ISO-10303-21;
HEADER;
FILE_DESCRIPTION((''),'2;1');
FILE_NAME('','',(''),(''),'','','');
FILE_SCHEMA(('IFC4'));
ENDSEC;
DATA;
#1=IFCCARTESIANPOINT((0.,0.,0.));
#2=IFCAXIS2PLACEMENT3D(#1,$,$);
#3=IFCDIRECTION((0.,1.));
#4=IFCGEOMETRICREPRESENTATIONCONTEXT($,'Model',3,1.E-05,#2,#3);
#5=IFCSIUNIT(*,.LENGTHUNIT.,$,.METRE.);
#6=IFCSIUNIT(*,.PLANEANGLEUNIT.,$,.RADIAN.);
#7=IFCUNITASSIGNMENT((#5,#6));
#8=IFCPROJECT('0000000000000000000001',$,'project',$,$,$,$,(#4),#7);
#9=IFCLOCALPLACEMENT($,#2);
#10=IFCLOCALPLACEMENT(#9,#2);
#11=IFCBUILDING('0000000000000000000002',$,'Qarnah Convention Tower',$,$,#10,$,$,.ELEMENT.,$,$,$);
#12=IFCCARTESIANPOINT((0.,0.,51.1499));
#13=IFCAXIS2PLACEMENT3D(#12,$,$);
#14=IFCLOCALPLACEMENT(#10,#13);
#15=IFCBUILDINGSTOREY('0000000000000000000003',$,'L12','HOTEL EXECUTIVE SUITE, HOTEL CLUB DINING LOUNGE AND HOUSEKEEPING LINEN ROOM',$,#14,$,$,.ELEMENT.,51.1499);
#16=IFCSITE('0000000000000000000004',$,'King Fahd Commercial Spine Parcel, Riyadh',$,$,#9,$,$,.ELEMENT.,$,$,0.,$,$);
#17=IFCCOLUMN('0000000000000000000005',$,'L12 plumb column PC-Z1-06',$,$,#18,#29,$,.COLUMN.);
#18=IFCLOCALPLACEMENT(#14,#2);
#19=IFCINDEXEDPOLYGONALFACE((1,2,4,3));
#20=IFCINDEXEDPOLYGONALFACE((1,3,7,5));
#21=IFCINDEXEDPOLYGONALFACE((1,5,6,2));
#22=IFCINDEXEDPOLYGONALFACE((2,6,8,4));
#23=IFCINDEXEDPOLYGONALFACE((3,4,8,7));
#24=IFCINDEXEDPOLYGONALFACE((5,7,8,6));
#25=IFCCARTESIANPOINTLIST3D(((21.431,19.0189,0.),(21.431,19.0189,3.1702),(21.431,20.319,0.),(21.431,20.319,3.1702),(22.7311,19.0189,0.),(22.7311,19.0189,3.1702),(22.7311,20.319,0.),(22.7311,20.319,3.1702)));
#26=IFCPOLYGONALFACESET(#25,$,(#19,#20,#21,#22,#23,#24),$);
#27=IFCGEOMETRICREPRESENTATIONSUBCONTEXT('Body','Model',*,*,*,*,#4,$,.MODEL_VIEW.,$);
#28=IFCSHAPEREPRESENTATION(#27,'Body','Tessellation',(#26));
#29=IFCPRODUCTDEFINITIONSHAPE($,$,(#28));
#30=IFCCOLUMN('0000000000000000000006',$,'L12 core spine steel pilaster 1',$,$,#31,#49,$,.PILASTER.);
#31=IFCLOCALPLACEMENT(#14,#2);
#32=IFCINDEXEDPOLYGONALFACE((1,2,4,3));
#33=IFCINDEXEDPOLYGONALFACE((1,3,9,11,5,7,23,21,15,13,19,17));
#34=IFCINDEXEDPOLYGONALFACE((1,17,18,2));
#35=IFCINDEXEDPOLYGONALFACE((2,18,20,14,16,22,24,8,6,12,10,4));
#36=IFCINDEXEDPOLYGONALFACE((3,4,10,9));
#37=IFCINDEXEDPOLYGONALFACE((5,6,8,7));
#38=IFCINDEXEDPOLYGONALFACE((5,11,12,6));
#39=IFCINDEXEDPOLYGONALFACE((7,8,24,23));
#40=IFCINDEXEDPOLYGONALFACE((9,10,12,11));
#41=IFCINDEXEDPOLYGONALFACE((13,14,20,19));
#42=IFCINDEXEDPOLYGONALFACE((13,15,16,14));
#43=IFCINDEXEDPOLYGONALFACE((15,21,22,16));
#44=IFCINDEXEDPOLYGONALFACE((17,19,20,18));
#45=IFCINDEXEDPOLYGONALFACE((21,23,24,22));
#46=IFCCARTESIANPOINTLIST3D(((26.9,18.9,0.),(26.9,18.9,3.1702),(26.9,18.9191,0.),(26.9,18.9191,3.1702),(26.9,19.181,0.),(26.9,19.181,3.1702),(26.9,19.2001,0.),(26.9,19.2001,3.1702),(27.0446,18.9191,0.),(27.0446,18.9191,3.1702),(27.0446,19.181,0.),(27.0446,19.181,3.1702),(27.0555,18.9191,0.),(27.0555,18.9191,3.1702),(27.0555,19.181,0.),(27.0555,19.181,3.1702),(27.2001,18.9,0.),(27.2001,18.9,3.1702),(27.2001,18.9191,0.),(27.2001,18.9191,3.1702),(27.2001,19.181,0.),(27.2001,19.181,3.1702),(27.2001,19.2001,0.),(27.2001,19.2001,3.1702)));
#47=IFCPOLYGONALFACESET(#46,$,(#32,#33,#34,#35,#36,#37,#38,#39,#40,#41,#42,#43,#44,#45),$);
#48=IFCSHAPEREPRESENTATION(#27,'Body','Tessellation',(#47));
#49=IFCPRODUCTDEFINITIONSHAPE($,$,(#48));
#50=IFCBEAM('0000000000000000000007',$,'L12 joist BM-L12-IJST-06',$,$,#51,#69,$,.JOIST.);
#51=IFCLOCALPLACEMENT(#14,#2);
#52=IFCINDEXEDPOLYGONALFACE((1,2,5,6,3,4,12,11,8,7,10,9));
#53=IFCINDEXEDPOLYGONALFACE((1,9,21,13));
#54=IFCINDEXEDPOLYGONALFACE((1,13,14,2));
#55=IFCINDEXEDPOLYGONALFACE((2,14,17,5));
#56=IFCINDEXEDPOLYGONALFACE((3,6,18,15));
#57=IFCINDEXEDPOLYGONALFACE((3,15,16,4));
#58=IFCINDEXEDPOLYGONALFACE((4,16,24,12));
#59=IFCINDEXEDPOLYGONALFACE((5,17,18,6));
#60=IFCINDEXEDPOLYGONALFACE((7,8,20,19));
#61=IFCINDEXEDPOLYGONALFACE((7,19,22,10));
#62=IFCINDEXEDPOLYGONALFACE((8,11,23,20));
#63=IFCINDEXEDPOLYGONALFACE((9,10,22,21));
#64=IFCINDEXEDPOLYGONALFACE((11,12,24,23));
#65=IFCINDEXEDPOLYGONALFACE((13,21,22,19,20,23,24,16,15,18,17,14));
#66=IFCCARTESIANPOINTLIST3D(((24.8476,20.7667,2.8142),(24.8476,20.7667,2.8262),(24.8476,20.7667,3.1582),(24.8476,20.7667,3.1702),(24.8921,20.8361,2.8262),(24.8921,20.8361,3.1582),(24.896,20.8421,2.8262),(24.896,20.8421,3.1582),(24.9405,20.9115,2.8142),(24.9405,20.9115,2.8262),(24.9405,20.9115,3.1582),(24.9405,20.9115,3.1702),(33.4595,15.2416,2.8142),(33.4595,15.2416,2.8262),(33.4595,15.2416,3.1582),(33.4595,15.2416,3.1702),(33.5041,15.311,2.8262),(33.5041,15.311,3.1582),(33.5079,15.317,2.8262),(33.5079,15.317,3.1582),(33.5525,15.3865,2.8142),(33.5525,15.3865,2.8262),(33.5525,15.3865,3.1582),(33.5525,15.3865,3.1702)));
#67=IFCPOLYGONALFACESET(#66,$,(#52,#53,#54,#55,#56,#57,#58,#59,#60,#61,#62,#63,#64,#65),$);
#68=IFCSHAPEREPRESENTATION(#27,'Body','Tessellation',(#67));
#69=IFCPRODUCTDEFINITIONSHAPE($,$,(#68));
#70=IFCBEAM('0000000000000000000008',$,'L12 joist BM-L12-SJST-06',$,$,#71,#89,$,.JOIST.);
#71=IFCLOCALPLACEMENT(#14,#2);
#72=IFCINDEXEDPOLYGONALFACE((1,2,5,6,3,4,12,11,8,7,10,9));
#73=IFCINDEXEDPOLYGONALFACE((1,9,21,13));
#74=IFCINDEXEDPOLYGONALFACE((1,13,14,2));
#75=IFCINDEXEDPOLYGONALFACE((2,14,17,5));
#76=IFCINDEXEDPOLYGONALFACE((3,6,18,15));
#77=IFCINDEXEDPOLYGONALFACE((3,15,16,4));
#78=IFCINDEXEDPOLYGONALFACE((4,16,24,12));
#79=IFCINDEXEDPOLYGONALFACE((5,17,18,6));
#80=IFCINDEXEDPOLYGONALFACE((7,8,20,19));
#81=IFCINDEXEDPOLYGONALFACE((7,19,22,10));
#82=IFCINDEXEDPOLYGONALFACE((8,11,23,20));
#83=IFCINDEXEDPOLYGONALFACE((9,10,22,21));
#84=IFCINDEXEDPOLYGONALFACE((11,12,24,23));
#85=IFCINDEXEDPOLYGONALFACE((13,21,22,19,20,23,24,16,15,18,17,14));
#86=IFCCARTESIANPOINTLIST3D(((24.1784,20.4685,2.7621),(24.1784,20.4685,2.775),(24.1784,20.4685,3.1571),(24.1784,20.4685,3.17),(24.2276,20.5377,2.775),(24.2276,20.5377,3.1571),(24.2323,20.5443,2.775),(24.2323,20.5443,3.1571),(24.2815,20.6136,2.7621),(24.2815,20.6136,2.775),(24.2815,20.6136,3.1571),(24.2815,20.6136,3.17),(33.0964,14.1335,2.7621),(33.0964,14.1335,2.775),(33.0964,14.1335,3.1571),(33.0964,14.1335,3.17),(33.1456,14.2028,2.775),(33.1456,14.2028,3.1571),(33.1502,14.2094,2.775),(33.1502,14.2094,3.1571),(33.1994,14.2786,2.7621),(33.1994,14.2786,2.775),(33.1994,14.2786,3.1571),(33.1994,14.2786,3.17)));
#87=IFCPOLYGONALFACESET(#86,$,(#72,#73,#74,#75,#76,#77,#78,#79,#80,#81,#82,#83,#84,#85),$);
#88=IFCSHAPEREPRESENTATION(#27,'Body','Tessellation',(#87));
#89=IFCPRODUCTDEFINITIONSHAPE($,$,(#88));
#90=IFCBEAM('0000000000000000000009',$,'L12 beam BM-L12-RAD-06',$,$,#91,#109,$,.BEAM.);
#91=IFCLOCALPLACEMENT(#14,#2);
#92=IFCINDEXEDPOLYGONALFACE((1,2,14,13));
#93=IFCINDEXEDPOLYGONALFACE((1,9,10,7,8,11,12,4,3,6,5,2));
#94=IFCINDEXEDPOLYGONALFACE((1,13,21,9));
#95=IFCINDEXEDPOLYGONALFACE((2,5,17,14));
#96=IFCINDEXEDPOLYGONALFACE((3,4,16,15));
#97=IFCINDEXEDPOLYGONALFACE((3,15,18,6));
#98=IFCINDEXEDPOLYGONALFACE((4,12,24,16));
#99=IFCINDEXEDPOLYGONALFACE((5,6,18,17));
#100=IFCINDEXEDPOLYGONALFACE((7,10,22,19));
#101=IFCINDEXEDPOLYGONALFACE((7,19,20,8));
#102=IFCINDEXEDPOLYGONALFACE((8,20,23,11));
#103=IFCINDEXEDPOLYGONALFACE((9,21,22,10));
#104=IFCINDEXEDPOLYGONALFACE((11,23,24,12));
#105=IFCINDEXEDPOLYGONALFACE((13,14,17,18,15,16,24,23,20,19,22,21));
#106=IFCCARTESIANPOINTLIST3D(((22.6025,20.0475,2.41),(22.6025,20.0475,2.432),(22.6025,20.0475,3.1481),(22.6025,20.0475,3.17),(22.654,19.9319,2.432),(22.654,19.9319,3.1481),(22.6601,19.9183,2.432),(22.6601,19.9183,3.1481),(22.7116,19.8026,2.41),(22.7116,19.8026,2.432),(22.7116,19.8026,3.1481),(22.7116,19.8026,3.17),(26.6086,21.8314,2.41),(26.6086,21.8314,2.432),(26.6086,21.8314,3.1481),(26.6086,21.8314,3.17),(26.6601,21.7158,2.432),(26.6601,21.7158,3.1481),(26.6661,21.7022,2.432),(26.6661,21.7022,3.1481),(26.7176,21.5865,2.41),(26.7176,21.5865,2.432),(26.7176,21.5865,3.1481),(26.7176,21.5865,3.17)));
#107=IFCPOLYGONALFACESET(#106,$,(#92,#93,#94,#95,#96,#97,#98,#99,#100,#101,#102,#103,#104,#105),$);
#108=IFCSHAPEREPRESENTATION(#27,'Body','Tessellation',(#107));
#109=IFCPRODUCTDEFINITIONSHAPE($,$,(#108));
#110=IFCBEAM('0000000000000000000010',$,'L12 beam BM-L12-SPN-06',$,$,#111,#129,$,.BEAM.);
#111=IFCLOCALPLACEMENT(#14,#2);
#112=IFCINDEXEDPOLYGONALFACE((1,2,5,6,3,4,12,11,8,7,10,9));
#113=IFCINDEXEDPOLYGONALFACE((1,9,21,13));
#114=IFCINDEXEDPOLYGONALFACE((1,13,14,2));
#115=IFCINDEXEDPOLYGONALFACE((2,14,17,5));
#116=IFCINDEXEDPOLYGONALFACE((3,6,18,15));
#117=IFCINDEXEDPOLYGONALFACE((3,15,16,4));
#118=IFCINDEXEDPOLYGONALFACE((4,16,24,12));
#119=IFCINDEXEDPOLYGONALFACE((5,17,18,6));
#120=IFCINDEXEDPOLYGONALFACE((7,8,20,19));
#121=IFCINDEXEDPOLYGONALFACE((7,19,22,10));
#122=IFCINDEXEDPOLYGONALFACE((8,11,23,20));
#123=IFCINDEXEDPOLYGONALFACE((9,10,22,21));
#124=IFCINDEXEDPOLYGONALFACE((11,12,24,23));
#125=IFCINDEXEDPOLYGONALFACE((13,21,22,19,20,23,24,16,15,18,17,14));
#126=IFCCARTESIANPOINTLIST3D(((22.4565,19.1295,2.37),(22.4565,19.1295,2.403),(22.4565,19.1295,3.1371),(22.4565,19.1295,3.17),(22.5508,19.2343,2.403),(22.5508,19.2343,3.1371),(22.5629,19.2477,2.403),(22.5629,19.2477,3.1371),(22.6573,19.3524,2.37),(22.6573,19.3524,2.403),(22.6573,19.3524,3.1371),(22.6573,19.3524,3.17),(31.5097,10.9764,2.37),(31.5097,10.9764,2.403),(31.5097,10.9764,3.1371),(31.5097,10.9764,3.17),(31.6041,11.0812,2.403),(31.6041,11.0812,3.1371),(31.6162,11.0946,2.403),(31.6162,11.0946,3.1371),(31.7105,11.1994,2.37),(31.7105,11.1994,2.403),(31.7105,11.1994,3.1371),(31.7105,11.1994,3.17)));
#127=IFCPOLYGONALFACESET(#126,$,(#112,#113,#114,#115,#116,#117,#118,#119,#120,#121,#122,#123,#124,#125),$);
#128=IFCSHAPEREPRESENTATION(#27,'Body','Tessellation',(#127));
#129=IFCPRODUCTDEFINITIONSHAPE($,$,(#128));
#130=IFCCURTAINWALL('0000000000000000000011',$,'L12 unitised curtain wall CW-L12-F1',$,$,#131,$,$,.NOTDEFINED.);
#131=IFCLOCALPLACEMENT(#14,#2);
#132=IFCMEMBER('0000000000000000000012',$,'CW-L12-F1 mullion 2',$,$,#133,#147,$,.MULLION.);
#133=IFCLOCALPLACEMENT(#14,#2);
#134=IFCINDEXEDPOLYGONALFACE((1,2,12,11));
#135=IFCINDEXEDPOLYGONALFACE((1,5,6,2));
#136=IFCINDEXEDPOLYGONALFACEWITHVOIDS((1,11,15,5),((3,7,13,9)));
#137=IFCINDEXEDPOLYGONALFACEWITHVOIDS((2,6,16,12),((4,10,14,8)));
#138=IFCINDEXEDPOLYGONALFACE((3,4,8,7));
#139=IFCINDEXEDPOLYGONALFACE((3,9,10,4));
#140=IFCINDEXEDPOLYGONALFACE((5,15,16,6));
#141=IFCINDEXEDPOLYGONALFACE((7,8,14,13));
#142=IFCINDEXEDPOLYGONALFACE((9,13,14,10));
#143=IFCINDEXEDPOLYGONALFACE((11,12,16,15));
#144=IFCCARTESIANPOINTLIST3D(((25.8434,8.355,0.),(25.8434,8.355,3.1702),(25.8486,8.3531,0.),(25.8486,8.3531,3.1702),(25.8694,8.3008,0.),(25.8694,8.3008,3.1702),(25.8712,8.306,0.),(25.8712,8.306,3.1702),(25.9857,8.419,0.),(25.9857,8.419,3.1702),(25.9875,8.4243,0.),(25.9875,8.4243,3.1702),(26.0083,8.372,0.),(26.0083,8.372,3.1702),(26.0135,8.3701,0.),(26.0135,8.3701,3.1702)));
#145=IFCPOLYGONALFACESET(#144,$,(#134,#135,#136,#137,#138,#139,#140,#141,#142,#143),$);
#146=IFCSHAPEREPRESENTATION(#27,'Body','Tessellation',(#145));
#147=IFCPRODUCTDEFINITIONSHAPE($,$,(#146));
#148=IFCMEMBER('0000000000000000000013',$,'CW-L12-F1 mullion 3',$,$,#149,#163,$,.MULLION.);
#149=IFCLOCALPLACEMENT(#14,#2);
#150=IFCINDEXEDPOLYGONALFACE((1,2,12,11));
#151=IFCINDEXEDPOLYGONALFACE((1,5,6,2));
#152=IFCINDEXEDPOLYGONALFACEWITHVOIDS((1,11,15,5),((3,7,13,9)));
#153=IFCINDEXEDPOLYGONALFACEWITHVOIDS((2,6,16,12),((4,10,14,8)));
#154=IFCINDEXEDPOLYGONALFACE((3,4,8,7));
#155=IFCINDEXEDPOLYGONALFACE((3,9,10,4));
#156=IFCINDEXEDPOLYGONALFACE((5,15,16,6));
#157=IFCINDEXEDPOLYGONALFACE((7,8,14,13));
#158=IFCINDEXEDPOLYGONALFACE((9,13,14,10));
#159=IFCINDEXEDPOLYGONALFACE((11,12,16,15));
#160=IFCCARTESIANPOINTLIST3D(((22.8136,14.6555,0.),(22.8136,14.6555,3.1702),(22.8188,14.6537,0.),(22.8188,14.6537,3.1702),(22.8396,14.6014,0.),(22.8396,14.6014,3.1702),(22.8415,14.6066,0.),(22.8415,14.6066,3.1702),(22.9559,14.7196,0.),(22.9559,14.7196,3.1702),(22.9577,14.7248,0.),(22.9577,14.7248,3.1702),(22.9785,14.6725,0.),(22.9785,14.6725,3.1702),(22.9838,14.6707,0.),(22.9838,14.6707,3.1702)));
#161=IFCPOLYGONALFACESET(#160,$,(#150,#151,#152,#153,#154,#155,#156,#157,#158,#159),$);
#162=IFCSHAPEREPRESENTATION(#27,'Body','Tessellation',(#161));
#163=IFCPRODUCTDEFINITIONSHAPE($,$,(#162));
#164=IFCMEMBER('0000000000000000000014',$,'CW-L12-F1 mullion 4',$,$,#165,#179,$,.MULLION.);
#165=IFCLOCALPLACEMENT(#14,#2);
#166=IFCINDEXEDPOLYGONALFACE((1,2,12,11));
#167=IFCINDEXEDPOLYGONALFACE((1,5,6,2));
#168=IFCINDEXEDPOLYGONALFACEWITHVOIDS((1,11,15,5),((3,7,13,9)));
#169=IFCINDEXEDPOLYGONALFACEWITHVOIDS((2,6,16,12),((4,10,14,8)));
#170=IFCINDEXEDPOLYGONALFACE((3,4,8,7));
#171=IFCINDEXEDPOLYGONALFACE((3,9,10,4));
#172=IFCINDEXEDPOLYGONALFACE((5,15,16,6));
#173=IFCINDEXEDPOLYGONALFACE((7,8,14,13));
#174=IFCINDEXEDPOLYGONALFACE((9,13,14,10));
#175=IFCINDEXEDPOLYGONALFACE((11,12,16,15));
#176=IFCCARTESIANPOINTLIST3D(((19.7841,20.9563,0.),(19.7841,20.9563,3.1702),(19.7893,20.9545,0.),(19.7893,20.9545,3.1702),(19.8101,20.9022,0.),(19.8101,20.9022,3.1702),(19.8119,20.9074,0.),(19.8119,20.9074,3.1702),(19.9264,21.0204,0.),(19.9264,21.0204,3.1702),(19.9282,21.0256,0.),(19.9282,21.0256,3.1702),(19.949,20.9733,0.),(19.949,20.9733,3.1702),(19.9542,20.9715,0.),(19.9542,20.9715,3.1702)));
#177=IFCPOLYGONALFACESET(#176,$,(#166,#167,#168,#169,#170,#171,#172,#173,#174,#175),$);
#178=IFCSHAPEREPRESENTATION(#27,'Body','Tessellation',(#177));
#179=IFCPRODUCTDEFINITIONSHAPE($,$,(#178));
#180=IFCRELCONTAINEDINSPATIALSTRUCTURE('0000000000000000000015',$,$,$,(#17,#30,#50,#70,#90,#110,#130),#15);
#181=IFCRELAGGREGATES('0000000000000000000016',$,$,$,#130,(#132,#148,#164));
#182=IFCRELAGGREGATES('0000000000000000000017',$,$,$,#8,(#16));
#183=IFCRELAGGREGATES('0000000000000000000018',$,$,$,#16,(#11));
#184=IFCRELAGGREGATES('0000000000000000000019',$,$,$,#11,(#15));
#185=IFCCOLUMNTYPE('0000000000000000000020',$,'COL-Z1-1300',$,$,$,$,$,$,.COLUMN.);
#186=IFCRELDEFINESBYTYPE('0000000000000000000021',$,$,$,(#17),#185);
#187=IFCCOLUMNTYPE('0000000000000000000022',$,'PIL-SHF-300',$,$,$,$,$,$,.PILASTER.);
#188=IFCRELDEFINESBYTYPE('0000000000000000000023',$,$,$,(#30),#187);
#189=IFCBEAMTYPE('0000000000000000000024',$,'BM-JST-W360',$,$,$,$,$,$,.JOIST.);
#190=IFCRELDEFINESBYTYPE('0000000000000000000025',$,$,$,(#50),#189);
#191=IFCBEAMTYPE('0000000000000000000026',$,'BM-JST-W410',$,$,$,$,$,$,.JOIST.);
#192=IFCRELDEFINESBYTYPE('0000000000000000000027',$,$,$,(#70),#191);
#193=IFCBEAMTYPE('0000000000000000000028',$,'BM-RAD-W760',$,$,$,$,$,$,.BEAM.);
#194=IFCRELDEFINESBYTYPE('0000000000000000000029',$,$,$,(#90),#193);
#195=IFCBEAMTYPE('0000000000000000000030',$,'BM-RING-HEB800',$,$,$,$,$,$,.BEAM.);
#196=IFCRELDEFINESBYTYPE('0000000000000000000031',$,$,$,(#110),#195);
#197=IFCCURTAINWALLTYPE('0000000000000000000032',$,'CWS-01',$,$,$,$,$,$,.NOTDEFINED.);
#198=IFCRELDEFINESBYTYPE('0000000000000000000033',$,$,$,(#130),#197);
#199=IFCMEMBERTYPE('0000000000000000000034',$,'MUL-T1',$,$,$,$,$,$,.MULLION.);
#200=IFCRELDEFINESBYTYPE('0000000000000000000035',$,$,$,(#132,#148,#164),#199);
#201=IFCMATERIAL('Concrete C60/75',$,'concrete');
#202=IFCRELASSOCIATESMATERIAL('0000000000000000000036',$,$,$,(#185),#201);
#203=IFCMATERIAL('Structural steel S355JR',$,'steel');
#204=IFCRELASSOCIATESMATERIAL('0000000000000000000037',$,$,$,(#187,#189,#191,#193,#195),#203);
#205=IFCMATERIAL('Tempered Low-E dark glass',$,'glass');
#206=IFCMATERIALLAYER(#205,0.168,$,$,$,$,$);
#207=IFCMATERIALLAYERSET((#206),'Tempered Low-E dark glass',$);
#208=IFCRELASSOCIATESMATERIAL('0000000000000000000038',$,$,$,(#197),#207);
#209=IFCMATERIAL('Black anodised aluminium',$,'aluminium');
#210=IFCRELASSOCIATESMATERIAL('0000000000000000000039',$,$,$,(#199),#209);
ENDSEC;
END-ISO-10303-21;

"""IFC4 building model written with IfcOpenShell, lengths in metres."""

from ifc_helpers import new_model, si_unit, direction, frame, origin, origin_2d, place, context, subcontext, project, spatial, rectangle, hollow_rectangle, i_section, extrude, material, layer, layer_set, material_profile, profile_set, type_object, element, aggregate, save


model = new_model("IFC4")

# Units and contexts
model_context = context("Model", 3, precision=1e-05, world=origin(), true_north=direction((0.0, 1.0)))
body_context = subcontext(model_context, "Body", "Model", "MODEL_VIEW")
ifc_project = project(units=[si_unit("LENGTHUNIT", "METRE"), si_unit("PLANEANGLEUNIT", "RADIAN")], contexts=[model_context])

# Site, building, storey
site_placement = place(None, origin())
site = spatial("IfcSite", under=ifc_project, at=site_placement, Name="King Fahd Commercial Spine Parcel, Riyadh", CompositionType="ELEMENT", RefElevation=0.0)
building_placement = place(site_placement, origin())
building = spatial("IfcBuilding", under=site, at=building_placement, Name="Qarnah Convention Tower", CompositionType="ELEMENT")
storey_placement = place(building_placement, frame((0.0, 0.0, 51.1499)))
storey = spatial("IfcBuildingStorey", under=building, at=storey_placement, Name="L12", Description="HOTEL EXECUTIVE SUITE, HOTEL CLUB DINING LOUNGE AND HOUSEKEEPING LINEN ROOM", CompositionType="ELEMENT", Elevation=51.1499)

# Columns
ifc_material_1 = material(Name="Concrete C60/75", Category="concrete")
ifc_material_profile_1 = material_profile(ifc_material_1, rectangle(XDim=1.3, YDim=1.3, at=origin_2d()), Name="RC-COL-1300X1300")
ifc_profile_set_1 = profile_set([ifc_material_profile_1], Name="Concrete C60/75")
column_type_1 = type_object("IfcColumnType", Name="COL-Z1-1300", PredefinedType="COLUMN", material=ifc_profile_set_1)
column_1_placement = place(storey_placement, frame((22.0811, 19.6689, 0.0), z_axis=(0.0, 0.0, 1.0), x_axis=(1.0, 0.0, 0.0)))
element("IfcColumn", 1, at=column_1_placement, inside=storey, type_object=column_type_1, Name="L12 plumb column PC-Z1-06", PredefinedType="COLUMN", context=body_context, shape_type="SweptSolid", body=[
    extrude(rectangle(XDim=1.3, YDim=1.3, at=origin_2d()), origin(), (0.0, 0.0, 1.0), 3.1702),
])
ifc_material_2 = material(Name="Structural steel S355JR", Category="steel")
ifc_material_profile_2 = material_profile(ifc_material_2, i_section(OverallWidth=0.3, OverallDepth=0.3, WebThickness=0.011, FlangeThickness=0.019, at=origin_2d()), Name="HEB300")
ifc_profile_set_2 = profile_set([ifc_material_profile_2], Name="Structural steel S355JR")
column_type_2 = type_object("IfcColumnType", Name="PIL-SHF-300", PredefinedType="PILASTER", material=ifc_profile_set_2)
column_2_placement = place(storey_placement, frame((27.05, 19.05, 0.0), z_axis=(0.0, 0.0, 1.0), x_axis=(1.0, 0.0, 0.0)))
element("IfcColumn", 2, at=column_2_placement, inside=storey, type_object=column_type_2, Name="L12 core spine steel pilaster 1", PredefinedType="PILASTER", context=body_context, shape_type="SweptSolid", body=[
    extrude(i_section(OverallWidth=0.3, OverallDepth=0.3, WebThickness=0.011, FlangeThickness=0.019, at=origin_2d()), origin(), (0.0, 0.0, 1.0), 3.1702),
])

# Beams
ifc_material_profile_3 = material_profile(ifc_material_2, i_section(OverallWidth=0.1721, OverallDepth=0.356, WebThickness=0.0071, FlangeThickness=0.012, at=origin_2d()), Name="W360X51")
ifc_profile_set_3 = profile_set([ifc_material_profile_3], Name="Structural steel S355JR")
beam_type_1 = type_object("IfcBeamType", Name="BM-JST-W360", PredefinedType="JOIST", material=ifc_profile_set_3)
beam_1_placement = place(storey_placement, frame((24.894, 20.8391, 2.9922), z_axis=(0.841675, -0.539984, 0.0), x_axis=(0.539984, 0.841675, 0.0)))
element("IfcBeam", 3, at=beam_1_placement, inside=storey, type_object=beam_type_1, Name="L12 joist BM-L12-IJST-06", PredefinedType="JOIST", context=body_context, shape_type="SweptSolid", body=[
    extrude(i_section(OverallWidth=0.1721, OverallDepth=0.356, WebThickness=0.0071, FlangeThickness=0.012, at=origin_2d()), origin(), (0.0, 0.0, 1.0), 10.2319),
])
ifc_material_profile_4 = material_profile(ifc_material_2, i_section(OverallWidth=0.178, OverallDepth=0.408, WebThickness=0.0081, FlangeThickness=0.0129, at=origin_2d()), Name="W410X60")
ifc_profile_set_4 = profile_set([ifc_material_profile_4], Name="Structural steel S355JR")
beam_type_2 = type_object("IfcBeamType", Name="BM-JST-W410", PredefinedType="JOIST", material=ifc_profile_set_4)
beam_2_placement = place(storey_placement, frame((24.23, 20.541, 2.9661), z_axis=(0.815245, -0.579117, 0.0), x_axis=(0.579117, 0.815245, 0.0)))
element("IfcBeam", 4, at=beam_2_placement, inside=storey, type_object=beam_type_2, Name="L12 joist BM-L12-SJST-06", PredefinedType="JOIST", context=body_context, shape_type="SweptSolid", body=[
    extrude(i_section(OverallWidth=0.178, OverallDepth=0.408, WebThickness=0.0081, FlangeThickness=0.0129, at=origin_2d()), origin(), (0.0, 0.0, 1.0), 10.939),
])
ifc_material_profile_5 = material_profile(ifc_material_2, i_section(OverallWidth=0.2681, OverallDepth=0.76, WebThickness=0.0149, FlangeThickness=0.022, at=origin_2d()), Name="W760X185")
ifc_profile_set_5 = profile_set([ifc_material_profile_5], Name="Structural steel S355JR")
beam_type_3 = type_object("IfcBeamType", Name="BM-RAD-W760", PredefinedType="BEAM", material=ifc_profile_set_5)
beam_3_placement = place(storey_placement, frame((26.6631, 21.709, 2.79), z_axis=(-0.91352, -0.406794, 0.0), x_axis=(0.406794, -0.91352, 0.0)))
element("IfcBeam", 5, at=beam_3_placement, inside=storey, type_object=beam_type_3, Name="L12 beam BM-L12-RAD-06", PredefinedType="BEAM", context=body_context, shape_type="SweptSolid", body=[
    extrude(i_section(OverallWidth=0.2681, OverallDepth=0.76, WebThickness=0.0149, FlangeThickness=0.022, at=origin_2d()), origin(), (0.0, 0.0, 1.0), 4.3853),
])
ifc_material_profile_6 = material_profile(ifc_material_2, i_section(OverallWidth=0.3, OverallDepth=0.8, WebThickness=0.0181, FlangeThickness=0.033, at=origin_2d()), Name="HEB800")
ifc_profile_set_6 = profile_set([ifc_material_profile_6], Name="Structural steel S355JR")
beam_type_4 = type_object("IfcBeamType", Name="BM-RING-HEB800", PredefinedType="BEAM", material=ifc_profile_set_6)
beam_4_placement = place(storey_placement, frame((22.5569, 19.241, 2.77), z_axis=(0.743083, -0.669199, 0.0), x_axis=(0.669199, 0.743083, 0.0)))
element("IfcBeam", 6, at=beam_4_placement, inside=storey, type_object=beam_type_4, Name="L12 beam BM-L12-SPN-06", PredefinedType="BEAM", context=body_context, shape_type="SweptSolid", body=[
    extrude(i_section(OverallWidth=0.3, OverallDepth=0.8, WebThickness=0.0181, FlangeThickness=0.033, at=origin_2d()), origin(), (0.0, 0.0, 1.0), 12.1833),
])

# Curtain wall, members
ifc_material_3 = material(Name="Tempered Low-E dark glass", Category="glass")
ifc_layer_1 = layer(ifc_material_3, 0.168)
ifc_layer_set_1 = layer_set([ifc_layer_1], Name="Tempered Low-E dark glass")
curtain_wall_type = type_object("IfcCurtainWallType", Name="CWS-01", PredefinedType="NOTDEFINED", material=ifc_layer_set_1)
curtain_wall_placement = place(storey_placement, origin())
curtain_wall = element("IfcCurtainWall", 7, at=curtain_wall_placement, inside=storey, type_object=curtain_wall_type, Name="L12 unitised curtain wall CW-L12-F1", PredefinedType="NOTDEFINED")
ifc_material_4 = material(Name="Black anodised aluminium", Category="aluminium")
ifc_material_profile_7 = material_profile(ifc_material_4, hollow_rectangle(XDim=0.0601, YDim=0.1599, WallThickness=0.0039, at=origin_2d()), Name="MUL-60X160")
ifc_profile_set_7 = profile_set([ifc_material_profile_7], Name="Black anodised aluminium")
member_type = type_object("IfcMemberType", Name="MUL-T1", PredefinedType="MULLION", material=ifc_profile_set_7)
member_1_placement = place(storey_placement, frame((25.9285, 8.3625, 0.0), z_axis=(0.0, 0.0, 1.0), x_axis=(-0.433349, 0.901226, 0.0)))
member_1 = element("IfcMember", 8, at=member_1_placement, type_object=member_type, Name="CW-L12-F1 mullion 2", PredefinedType="MULLION", context=body_context, shape_type="SweptSolid", body=[
    extrude(hollow_rectangle(XDim=0.0601, YDim=0.1599, WallThickness=0.0039, at=origin_2d()), origin(), (0.0, 0.0, 1.0), 3.1702),
])
member_2_placement = place(storey_placement, frame((22.8987, 14.6631, 0.0), z_axis=(0.0, 0.0, 1.0), x_axis=(-0.433349, 0.901226, 0.0)))
member_2 = element("IfcMember", 9, at=member_2_placement, type_object=member_type, Name="CW-L12-F1 mullion 3", PredefinedType="MULLION", context=body_context, shape_type="SweptSolid", body=[
    extrude(hollow_rectangle(XDim=0.0601, YDim=0.1599, WallThickness=0.0039, at=origin_2d()), origin(), (0.0, 0.0, 1.0), 3.1702),
])
member_3_placement = place(storey_placement, frame((19.8691, 20.9639, 0.0), z_axis=(0.0, 0.0, 1.0), x_axis=(-0.433349, 0.901226, 0.0)))
member_3 = element("IfcMember", 10, at=member_3_placement, type_object=member_type, Name="CW-L12-F1 mullion 4", PredefinedType="MULLION", context=body_context, shape_type="SweptSolid", body=[
    extrude(hollow_rectangle(XDim=0.0601, YDim=0.1599, WallThickness=0.0039, at=origin_2d()), origin(), (0.0, 0.0, 1.0), 3.1702),
])
aggregate(curtain_wall, [member_1, member_2, member_3])

save(model, "model.ifc")
